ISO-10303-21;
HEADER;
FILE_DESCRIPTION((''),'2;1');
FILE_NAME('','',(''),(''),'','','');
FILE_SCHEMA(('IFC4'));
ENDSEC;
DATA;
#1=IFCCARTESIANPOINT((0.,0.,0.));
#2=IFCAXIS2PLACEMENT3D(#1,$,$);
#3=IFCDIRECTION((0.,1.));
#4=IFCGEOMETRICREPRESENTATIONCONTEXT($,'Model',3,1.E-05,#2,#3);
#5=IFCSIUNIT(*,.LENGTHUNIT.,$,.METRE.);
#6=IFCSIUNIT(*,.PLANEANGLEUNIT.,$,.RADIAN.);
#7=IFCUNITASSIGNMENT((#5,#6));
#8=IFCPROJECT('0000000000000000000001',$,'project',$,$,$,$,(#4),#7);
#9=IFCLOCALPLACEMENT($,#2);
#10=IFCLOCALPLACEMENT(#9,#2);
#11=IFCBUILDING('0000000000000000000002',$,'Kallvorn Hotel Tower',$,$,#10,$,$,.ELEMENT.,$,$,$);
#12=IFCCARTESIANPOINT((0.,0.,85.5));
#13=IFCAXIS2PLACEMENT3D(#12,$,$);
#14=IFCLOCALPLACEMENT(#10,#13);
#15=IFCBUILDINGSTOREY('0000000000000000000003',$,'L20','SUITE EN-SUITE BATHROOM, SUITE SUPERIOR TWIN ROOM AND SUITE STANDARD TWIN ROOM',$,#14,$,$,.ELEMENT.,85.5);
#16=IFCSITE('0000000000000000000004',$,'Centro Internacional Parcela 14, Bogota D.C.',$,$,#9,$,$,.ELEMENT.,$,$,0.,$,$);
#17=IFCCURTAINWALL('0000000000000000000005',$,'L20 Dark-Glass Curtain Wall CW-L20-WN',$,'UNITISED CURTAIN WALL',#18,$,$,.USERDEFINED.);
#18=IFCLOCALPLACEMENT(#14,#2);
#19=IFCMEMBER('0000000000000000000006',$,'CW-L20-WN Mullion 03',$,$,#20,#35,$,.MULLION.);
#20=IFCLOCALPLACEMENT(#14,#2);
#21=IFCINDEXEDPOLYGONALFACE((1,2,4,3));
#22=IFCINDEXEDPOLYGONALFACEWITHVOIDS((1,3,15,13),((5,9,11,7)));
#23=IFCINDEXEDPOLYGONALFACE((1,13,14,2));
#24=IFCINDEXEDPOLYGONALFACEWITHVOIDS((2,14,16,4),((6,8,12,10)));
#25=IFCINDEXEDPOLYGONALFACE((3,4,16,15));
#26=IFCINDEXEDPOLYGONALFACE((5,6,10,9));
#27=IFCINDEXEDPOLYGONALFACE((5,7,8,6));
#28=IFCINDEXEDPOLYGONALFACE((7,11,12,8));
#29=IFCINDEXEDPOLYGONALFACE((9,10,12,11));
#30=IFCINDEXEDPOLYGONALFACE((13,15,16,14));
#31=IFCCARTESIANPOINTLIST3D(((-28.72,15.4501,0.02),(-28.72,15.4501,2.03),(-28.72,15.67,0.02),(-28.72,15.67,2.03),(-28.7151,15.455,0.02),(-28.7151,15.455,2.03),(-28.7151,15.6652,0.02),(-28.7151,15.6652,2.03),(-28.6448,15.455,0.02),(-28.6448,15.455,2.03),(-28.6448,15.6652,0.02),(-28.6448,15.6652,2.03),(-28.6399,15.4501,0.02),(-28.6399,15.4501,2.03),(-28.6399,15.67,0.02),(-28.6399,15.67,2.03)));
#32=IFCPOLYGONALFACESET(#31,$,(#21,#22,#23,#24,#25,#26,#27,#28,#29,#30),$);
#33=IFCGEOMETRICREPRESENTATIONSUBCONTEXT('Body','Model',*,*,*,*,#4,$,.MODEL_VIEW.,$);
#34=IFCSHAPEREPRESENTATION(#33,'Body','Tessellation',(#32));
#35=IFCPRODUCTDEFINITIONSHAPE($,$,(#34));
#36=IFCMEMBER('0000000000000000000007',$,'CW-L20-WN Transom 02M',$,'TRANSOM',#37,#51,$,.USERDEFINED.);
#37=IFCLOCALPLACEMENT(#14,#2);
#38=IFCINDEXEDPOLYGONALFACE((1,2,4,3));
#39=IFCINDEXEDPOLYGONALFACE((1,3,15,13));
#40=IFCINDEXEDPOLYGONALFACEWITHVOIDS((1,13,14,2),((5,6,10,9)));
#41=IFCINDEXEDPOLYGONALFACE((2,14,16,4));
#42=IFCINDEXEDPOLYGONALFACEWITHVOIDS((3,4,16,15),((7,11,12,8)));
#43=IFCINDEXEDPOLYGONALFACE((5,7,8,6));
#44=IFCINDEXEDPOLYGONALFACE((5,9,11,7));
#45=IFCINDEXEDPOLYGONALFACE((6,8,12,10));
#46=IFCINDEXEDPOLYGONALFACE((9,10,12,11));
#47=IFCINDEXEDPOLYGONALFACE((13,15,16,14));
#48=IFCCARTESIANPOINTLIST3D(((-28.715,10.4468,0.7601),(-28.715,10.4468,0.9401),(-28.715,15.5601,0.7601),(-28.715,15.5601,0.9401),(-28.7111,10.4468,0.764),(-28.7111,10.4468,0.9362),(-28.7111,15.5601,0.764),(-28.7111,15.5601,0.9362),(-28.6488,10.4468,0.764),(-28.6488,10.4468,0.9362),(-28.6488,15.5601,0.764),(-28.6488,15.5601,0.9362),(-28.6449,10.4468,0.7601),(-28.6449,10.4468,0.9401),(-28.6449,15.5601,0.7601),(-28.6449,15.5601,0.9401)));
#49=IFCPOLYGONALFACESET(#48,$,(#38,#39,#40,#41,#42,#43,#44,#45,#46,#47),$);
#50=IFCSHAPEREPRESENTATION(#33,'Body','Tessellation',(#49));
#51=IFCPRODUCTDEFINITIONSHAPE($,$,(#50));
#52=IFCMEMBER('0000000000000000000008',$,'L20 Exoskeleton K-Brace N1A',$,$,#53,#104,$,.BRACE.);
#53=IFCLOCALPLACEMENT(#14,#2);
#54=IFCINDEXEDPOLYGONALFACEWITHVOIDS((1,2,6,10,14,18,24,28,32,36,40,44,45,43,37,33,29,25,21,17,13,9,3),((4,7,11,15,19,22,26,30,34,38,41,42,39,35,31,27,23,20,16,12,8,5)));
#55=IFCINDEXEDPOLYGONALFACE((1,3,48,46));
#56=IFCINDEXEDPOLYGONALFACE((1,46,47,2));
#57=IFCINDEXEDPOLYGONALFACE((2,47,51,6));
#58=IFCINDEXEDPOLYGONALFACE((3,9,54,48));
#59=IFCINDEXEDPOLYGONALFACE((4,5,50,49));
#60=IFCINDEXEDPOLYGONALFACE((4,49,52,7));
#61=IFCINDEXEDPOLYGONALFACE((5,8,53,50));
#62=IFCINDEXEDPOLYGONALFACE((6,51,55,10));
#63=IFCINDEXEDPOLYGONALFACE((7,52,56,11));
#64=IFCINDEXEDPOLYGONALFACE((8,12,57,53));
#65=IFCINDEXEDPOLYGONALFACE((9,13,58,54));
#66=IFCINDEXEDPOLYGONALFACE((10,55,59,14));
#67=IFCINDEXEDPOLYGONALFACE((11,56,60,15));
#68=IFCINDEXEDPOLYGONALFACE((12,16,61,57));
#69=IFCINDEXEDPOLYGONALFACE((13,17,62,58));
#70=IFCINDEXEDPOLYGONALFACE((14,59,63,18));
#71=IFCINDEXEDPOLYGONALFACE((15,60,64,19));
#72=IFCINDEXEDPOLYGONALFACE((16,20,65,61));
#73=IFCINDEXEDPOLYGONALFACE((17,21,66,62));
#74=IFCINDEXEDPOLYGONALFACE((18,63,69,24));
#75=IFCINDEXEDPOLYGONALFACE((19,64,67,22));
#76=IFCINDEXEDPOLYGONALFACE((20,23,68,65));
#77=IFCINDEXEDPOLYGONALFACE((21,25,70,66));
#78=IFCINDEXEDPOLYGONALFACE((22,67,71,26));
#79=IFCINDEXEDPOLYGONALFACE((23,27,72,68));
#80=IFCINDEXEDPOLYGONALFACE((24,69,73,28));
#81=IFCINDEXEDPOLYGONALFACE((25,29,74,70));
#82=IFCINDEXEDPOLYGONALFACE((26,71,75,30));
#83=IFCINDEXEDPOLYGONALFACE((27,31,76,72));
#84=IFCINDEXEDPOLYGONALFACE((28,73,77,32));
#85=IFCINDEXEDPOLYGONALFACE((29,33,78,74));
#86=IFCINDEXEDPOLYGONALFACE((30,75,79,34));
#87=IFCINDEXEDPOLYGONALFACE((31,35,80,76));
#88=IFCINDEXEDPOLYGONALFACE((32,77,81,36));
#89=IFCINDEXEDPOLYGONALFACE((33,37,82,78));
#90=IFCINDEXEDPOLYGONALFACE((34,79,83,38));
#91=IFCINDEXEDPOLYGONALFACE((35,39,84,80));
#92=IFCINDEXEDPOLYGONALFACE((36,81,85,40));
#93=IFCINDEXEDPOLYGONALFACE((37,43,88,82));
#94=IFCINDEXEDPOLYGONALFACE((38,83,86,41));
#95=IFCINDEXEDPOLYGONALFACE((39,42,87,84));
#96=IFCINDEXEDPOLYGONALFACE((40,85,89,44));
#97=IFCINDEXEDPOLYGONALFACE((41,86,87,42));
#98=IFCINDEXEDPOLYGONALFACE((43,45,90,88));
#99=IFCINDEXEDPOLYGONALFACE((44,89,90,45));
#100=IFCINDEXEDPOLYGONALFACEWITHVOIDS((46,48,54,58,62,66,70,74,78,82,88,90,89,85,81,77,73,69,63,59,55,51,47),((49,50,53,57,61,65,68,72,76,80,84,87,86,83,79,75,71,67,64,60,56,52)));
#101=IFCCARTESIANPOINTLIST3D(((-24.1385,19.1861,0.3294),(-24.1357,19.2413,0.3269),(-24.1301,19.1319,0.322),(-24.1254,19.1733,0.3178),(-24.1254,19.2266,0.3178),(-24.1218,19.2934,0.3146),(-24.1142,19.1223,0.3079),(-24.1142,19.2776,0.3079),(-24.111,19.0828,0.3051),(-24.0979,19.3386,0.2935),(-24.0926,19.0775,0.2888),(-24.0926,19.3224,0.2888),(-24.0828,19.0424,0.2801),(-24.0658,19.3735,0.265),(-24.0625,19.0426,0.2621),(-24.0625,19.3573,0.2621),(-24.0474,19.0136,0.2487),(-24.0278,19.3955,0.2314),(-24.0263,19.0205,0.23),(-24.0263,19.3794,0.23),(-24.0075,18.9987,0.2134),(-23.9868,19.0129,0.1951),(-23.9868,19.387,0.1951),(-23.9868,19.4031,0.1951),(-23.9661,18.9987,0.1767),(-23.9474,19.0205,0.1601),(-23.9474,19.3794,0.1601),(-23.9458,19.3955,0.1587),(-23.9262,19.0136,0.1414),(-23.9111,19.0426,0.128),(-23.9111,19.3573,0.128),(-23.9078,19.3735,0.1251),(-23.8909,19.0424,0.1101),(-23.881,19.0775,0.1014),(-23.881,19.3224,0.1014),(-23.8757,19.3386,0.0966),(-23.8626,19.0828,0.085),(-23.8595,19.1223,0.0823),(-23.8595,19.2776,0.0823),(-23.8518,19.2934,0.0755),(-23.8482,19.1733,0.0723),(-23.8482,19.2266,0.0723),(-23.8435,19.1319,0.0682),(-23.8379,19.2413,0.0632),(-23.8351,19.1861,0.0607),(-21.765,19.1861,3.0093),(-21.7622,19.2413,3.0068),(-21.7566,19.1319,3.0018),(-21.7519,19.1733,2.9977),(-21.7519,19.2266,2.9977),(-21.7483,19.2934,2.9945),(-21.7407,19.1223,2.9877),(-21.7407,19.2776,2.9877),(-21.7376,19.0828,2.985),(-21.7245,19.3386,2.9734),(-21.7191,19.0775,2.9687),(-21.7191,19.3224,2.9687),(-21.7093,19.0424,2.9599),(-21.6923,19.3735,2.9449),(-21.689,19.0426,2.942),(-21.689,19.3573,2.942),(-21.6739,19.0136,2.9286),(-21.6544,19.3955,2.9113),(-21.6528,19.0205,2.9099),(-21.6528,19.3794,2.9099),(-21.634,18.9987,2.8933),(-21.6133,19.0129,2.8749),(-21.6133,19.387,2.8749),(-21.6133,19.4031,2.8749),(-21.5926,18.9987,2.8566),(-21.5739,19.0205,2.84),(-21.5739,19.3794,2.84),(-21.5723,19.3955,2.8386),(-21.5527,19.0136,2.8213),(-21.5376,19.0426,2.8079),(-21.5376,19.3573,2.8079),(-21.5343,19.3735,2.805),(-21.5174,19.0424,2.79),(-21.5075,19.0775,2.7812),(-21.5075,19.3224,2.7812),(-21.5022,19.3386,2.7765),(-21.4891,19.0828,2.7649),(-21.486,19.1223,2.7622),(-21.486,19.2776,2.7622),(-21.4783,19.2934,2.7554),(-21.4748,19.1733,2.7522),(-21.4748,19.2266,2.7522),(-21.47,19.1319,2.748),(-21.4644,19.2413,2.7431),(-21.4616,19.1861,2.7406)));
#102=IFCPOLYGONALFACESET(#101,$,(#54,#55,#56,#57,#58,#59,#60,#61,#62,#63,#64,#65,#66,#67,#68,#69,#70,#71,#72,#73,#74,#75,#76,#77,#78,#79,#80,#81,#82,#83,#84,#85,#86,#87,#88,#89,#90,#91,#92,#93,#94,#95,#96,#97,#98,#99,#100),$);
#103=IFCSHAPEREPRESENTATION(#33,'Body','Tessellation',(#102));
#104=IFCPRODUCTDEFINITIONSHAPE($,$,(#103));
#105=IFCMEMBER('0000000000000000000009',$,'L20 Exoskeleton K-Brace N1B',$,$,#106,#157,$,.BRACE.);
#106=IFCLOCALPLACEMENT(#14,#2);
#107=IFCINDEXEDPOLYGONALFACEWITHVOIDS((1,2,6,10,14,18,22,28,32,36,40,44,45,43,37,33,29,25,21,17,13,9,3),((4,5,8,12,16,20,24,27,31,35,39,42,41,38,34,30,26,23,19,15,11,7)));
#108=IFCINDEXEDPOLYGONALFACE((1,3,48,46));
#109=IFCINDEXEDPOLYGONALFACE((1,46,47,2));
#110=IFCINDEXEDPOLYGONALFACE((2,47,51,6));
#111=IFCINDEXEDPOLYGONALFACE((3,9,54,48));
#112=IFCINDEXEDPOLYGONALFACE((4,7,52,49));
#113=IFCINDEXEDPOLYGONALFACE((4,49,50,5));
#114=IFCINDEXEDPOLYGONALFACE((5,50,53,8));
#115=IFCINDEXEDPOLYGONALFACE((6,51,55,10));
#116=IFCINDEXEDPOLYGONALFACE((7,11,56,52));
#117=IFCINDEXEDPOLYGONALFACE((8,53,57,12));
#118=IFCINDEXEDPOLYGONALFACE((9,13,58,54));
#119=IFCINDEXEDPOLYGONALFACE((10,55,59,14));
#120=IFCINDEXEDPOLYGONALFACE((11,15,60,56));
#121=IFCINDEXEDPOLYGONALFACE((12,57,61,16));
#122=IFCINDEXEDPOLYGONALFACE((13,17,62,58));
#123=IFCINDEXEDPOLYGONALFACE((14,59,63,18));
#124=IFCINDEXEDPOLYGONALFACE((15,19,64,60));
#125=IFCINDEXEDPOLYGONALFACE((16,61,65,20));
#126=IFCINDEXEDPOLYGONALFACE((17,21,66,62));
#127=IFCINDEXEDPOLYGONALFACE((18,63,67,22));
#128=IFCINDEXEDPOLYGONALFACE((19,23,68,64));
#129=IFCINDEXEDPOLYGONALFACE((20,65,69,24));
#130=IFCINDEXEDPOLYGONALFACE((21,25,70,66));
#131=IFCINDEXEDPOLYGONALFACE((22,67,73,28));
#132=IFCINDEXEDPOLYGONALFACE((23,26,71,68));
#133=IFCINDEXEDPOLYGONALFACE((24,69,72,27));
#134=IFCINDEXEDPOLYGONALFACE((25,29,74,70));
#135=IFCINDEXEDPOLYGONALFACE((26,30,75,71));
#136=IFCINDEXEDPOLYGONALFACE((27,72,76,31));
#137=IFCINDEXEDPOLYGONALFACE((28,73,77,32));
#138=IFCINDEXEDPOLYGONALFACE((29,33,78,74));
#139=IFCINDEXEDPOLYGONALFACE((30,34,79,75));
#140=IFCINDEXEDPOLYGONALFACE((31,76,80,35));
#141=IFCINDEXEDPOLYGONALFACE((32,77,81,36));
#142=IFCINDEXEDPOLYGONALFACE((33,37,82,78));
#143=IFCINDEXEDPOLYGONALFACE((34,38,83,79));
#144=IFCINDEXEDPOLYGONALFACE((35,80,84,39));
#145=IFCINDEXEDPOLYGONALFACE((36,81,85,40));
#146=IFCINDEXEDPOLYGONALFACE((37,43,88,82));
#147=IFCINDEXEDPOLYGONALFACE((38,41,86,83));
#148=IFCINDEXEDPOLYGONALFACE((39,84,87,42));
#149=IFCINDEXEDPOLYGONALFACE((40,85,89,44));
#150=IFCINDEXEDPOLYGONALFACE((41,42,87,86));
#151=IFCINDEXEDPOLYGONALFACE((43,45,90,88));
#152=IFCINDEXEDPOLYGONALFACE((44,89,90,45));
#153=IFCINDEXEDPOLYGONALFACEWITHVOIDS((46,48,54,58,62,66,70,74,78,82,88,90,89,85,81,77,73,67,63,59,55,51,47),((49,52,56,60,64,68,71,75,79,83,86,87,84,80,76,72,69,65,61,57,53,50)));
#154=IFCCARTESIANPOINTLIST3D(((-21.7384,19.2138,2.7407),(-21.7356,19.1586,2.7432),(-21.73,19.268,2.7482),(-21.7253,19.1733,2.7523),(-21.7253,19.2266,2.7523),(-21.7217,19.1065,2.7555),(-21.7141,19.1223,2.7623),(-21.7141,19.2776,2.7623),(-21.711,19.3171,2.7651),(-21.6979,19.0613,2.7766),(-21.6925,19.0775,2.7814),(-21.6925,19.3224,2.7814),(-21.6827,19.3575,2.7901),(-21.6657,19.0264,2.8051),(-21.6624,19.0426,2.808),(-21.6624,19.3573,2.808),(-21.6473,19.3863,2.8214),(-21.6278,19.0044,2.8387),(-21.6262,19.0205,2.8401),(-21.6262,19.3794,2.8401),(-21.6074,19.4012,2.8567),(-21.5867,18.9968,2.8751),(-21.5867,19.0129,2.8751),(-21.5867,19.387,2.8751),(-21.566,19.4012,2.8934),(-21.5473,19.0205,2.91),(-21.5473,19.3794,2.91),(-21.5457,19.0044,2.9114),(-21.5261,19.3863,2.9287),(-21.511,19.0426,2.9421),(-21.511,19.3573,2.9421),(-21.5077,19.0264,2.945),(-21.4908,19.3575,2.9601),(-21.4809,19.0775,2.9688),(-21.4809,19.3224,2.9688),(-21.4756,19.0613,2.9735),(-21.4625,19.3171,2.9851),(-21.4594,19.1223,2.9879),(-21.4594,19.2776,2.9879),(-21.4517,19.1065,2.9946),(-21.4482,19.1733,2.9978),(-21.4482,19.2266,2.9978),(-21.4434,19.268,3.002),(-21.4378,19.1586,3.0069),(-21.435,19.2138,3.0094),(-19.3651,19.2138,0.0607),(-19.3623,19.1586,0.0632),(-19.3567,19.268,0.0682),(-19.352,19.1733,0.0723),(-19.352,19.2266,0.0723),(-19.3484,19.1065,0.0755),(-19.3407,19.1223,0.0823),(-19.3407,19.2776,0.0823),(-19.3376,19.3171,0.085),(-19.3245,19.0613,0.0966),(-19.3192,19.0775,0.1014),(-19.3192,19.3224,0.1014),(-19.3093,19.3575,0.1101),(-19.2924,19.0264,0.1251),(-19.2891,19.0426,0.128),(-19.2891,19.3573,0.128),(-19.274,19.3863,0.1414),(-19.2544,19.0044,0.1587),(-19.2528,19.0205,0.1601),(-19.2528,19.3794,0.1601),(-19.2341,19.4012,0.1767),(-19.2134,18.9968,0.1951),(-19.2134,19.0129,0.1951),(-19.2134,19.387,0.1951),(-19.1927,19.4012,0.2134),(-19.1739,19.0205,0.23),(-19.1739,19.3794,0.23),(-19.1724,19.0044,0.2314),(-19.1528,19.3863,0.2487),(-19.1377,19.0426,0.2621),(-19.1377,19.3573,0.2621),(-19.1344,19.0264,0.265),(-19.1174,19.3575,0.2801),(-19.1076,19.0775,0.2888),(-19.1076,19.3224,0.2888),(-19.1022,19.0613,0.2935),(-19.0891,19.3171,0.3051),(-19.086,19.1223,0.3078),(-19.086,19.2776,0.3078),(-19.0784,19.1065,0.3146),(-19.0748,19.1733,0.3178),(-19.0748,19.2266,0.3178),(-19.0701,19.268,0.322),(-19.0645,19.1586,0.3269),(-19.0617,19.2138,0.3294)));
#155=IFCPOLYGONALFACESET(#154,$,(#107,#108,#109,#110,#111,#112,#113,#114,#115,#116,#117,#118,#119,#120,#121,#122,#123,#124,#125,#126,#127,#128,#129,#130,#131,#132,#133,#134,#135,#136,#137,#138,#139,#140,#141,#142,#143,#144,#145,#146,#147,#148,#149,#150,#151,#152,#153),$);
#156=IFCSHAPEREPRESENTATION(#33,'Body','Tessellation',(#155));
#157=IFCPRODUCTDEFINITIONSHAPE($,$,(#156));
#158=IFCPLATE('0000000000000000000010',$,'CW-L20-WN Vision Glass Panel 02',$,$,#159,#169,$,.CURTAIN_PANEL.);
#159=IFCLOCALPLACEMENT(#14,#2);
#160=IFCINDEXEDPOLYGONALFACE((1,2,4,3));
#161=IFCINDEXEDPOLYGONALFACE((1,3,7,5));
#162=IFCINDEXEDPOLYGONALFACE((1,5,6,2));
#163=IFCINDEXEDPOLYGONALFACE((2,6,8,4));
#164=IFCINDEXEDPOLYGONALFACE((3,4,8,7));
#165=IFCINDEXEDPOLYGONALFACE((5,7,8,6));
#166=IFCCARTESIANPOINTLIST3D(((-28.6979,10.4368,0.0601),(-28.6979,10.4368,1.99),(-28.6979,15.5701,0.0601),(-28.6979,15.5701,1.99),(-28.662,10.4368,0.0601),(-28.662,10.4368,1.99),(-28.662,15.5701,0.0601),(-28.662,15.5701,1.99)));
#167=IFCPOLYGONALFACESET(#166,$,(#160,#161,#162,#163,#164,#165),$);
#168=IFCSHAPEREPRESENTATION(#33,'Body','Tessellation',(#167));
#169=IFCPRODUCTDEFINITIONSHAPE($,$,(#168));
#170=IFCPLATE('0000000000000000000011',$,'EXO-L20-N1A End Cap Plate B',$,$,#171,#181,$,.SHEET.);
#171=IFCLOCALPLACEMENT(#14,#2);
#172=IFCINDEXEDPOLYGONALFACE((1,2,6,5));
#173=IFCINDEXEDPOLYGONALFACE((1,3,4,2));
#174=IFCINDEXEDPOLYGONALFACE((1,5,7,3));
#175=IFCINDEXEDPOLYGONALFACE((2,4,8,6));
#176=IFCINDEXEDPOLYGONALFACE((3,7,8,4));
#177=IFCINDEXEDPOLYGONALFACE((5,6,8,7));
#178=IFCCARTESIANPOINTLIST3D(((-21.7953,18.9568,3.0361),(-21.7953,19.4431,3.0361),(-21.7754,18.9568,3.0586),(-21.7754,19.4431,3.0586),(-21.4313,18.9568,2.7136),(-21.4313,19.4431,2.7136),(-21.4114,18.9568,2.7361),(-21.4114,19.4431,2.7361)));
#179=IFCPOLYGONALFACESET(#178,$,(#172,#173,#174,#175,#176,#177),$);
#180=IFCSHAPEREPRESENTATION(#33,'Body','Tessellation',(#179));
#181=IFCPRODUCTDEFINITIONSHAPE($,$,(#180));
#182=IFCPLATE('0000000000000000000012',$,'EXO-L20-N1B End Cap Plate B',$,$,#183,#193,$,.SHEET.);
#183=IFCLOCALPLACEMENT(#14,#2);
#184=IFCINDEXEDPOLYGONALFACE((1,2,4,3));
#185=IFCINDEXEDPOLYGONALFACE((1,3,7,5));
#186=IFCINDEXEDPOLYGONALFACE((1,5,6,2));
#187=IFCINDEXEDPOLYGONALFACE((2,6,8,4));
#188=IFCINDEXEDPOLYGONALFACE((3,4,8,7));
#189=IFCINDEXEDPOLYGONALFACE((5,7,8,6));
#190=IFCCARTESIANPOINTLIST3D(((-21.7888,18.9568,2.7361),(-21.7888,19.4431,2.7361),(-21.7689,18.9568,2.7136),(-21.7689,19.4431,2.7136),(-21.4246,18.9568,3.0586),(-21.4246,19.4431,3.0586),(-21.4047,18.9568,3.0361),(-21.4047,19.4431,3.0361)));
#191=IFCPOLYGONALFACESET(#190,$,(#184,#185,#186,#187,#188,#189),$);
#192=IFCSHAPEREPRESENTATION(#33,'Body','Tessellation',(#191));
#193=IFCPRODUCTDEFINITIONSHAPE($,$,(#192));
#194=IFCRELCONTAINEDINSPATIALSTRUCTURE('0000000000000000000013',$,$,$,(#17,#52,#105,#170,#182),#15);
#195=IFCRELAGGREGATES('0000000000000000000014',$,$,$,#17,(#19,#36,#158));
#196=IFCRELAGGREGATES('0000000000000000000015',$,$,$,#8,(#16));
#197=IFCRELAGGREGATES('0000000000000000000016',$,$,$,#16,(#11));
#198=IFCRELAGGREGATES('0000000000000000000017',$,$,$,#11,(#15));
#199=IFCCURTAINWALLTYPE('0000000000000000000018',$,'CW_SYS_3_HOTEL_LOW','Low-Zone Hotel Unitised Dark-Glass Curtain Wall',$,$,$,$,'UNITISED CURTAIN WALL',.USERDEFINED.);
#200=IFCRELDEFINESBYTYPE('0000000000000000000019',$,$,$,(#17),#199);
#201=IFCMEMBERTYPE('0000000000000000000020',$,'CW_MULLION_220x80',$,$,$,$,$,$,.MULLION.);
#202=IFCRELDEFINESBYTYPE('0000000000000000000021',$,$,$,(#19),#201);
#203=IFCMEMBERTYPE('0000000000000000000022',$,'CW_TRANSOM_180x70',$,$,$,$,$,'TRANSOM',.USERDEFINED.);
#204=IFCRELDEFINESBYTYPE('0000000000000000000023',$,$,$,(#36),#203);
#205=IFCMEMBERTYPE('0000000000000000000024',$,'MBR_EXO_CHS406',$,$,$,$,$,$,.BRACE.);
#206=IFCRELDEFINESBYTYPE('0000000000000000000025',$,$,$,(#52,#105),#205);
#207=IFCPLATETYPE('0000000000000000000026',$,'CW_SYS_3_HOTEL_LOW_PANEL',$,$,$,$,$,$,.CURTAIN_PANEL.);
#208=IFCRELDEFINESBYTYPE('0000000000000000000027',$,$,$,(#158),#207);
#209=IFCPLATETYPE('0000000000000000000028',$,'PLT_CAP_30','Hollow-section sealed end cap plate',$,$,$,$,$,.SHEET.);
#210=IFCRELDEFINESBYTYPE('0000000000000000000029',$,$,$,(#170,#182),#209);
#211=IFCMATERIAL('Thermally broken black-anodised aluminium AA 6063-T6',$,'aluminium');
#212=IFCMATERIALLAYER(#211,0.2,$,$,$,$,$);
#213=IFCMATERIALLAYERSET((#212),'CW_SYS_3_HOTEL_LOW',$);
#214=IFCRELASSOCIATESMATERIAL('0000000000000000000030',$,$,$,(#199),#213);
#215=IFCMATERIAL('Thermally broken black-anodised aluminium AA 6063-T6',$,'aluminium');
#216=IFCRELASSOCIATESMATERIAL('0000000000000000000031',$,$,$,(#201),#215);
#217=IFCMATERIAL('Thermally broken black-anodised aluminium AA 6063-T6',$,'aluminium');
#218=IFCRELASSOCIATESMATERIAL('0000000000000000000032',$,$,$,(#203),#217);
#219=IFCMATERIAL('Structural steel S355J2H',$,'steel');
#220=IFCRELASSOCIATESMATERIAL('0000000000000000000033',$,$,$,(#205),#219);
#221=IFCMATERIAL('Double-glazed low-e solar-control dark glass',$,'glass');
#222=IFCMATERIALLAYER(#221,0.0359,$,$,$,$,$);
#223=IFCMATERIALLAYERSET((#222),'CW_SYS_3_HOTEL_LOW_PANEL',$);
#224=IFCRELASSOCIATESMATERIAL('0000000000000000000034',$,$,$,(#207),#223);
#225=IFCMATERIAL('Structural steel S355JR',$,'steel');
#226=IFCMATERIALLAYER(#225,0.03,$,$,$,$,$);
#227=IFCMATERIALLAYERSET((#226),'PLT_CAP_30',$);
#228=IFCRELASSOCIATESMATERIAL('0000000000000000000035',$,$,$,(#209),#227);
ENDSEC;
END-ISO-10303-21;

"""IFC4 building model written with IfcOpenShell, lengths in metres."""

from ifc_helpers import new_model, si_unit, direction, frame, origin, origin_2d, place, context, subcontext, project, spatial, polyline, rectangle, hollow_rectangle, hollow_circle, outline, extrude, material, layer, layer_set, material_profile, profile_set, type_object, element, aggregate, save


model = new_model("IFC4")

# Units and contexts
model_context = context("Model", 3, precision=1e-05, world=origin(), true_north=direction((0.0, 1.0)))
body_context = subcontext(model_context, "Body", "Model", "MODEL_VIEW")
ifc_project = project(units=[si_unit("LENGTHUNIT", "METRE"), si_unit("PLANEANGLEUNIT", "RADIAN")], contexts=[model_context])

# Site, building, storey
site_placement = place(None, origin())
site = spatial("IfcSite", under=ifc_project, at=site_placement, Name="Centro Internacional Parcela 14, Bogota D.C.", CompositionType="ELEMENT", RefElevation=0.0)
building_placement = place(site_placement, origin())
building = spatial("IfcBuilding", under=site, at=building_placement, Name="Kallvorn Hotel Tower", CompositionType="ELEMENT")
storey_placement = place(building_placement, frame((0.0, 0.0, 85.5)))
storey = spatial("IfcBuildingStorey", under=building, at=storey_placement, Name="L20", Description="SUITE EN-SUITE BATHROOM, SUITE SUPERIOR TWIN ROOM AND SUITE STANDARD TWIN ROOM", CompositionType="ELEMENT", Elevation=85.5)

# Curtain wall, members
ifc_material_1 = material(Name="Thermally broken black-anodised aluminium AA 6063-T6", Category="aluminium")
ifc_layer_1 = layer(ifc_material_1, 0.2)
ifc_layer_set_1 = layer_set([ifc_layer_1], Name="CW_SYS_3_HOTEL_LOW")
curtain_wall_type = type_object("IfcCurtainWallType", Name="CW_SYS_3_HOTEL_LOW", Description="Low-Zone Hotel Unitised Dark-Glass Curtain Wall", ElementType="UNITISED CURTAIN WALL", PredefinedType="USERDEFINED", material=ifc_layer_set_1)
curtain_wall_placement = place(storey_placement, origin())
curtain_wall = element("IfcCurtainWall", 1, at=curtain_wall_placement, inside=storey, type_object=curtain_wall_type, Name="L20 Dark-Glass Curtain Wall CW-L20-WN", ObjectType="UNITISED CURTAIN WALL", PredefinedType="USERDEFINED")
ifc_material_2 = material(Name="Thermally broken black-anodised aluminium AA 6063-T6", Category="aluminium")
ifc_material_profile_1 = material_profile(ifc_material_2, hollow_rectangle(XDim=0.0801, YDim=0.22, WallThickness=0.0049, at=origin_2d()), Name="MUL 220x80")
ifc_profile_set_1 = profile_set([ifc_material_profile_1], Name="Thermally broken black-anodised aluminium AA 6063-T6")
member_type_1 = type_object("IfcMemberType", Name="CW_MULLION_220x80", PredefinedType="MULLION", material=ifc_profile_set_1)
member_1_placement = place(storey_placement, frame((-28.6799, 15.5601, 0.02), z_axis=(0.0, 0.0, 1.0), x_axis=(1.0, 0.0, 0.0)))
member_1 = element("IfcMember", 2, at=member_1_placement, type_object=member_type_1, Name="CW-L20-WN Mullion 03", PredefinedType="MULLION", context=body_context, shape_type="SweptSolid", body=[
    extrude(hollow_rectangle(XDim=0.0801, YDim=0.22, WallThickness=0.0049, at=origin_2d()), origin(), (0.0, 0.0, 1.0), 2.01),
])
ifc_material_3 = material(Name="Thermally broken black-anodised aluminium AA 6063-T6", Category="aluminium")
ifc_material_profile_2 = material_profile(ifc_material_3, hollow_rectangle(XDim=0.0701, YDim=0.1799, WallThickness=0.0039, at=origin_2d()), Name="TRN 180x70")
ifc_profile_set_2 = profile_set([ifc_material_profile_2], Name="Thermally broken black-anodised aluminium AA 6063-T6")
member_type_2 = type_object("IfcMemberType", Name="CW_TRANSOM_180x70", ElementType="TRANSOM", PredefinedType="USERDEFINED", material=ifc_profile_set_2)
member_2_placement = place(storey_placement, frame((-28.6799, 10.4468, 0.8501), z_axis=(0.0, 1.0, 0.0), x_axis=(-1.0, 0.0, 0.0)))
member_2 = element("IfcMember", 3, at=member_2_placement, type_object=member_type_2, Name="CW-L20-WN Transom 02M", ObjectType="TRANSOM", PredefinedType="USERDEFINED", context=body_context, shape_type="SweptSolid", body=[
    extrude(hollow_rectangle(XDim=0.0701, YDim=0.1799, WallThickness=0.0039, at=origin_2d()), origin(), (0.0, 0.0, 1.0), 5.1133),
])

# Members
ifc_material_4 = material(Name="Structural steel S355J2H", Category="steel")
ifc_material_profile_3 = material_profile(ifc_material_4, hollow_circle(Radius=0.2031, WallThickness=0.0161, at=origin_2d()), Name="CHS 406.4x16")
ifc_profile_set_3 = profile_set([ifc_material_profile_3], Name="Structural steel S355J2H")
member_type_3 = type_object("IfcMemberType", Name="MBR_EXO_CHS406", PredefinedType="BRACE", material=ifc_profile_set_3)
for number, where, z_axis, x_axis, name in (
    (4, (-23.9868, 19.2, 0.1951), (0.663017, 0.0, 0.748605), (0.0, 1.0, 0.0), "L20 Exoskeleton K-Brace N1A"),
    (5, (-19.2134, 19.2, 0.1951), (-0.662978, 0.0, 0.748638), (0.0, -1.0, 0.0), "L20 Exoskeleton K-Brace N1B"),
):
    element("IfcMember", number, at=place(storey_placement, frame(where, z_axis=z_axis, x_axis=x_axis)), inside=storey, type_object=member_type_3, Name=name, PredefinedType="BRACE", context=body_context, shape_type="SweptSolid", body=[
        extrude(hollow_circle(Radius=0.2031, WallThickness=0.0161, at=origin_2d()), origin(), (0.0, 0.0, 1.0), 3.5798),
    ])

# Plate
ifc_material_5 = material(Name="Double-glazed low-e solar-control dark glass", Category="glass")
ifc_layer_2 = layer(ifc_material_5, 0.0359)
ifc_layer_set_2 = layer_set([ifc_layer_2], Name="CW_SYS_3_HOTEL_LOW_PANEL")
plate_type_1 = type_object("IfcPlateType", Name="CW_SYS_3_HOTEL_LOW_PANEL", PredefinedType="CURTAIN_PANEL", material=ifc_layer_set_2)
plate_1_placement = place(storey_placement, frame((-28.6799, 13.0034, 0.0601), z_axis=(0.0, 0.0, 1.0), x_axis=(0.0, 1.0, 0.0)))
plate_1 = element("IfcPlate", 6, at=plate_1_placement, type_object=plate_type_1, Name="CW-L20-WN Vision Glass Panel 02", PredefinedType="CURTAIN_PANEL", context=body_context, shape_type="SweptSolid", body=[
    extrude(rectangle(XDim=5.1333, YDim=0.0359, at=origin_2d()), origin(), (0.0, 0.0, 1.0), 1.9299),
])
aggregate(curtain_wall, [member_1, member_2, plate_1])

# Plates
ifc_material_6 = material(Name="Structural steel S355JR", Category="steel")
ifc_layer_3 = layer(ifc_material_6, 0.03)
ifc_layer_set_3 = layer_set([ifc_layer_3], Name="PLT_CAP_30")
plate_type_2 = type_object("IfcPlateType", Name="PLT_CAP_30", Description="Hollow-section sealed end cap plate", PredefinedType="SHEET", material=ifc_layer_set_3)
plate_2_placement = place(storey_placement, frame((-21.4114, 18.9568, 2.7361), z_axis=(0.663148, 0.0, 0.748489), x_axis=(0.0, 1.0, 0.0)))
element("IfcPlate", 7, at=plate_2_placement, inside=storey, type_object=plate_type_2, Name="EXO-L20-N1A End Cap Plate B", PredefinedType="SHEET", context=body_context, shape_type="SweptSolid", body=[
    extrude(outline(polyline([(0.0, 0.0), (0.4863, 0.0), (0.4863, 0.4863), (0.0, 0.4863), (0.0, 0.0)])), origin(), (0.0, 0.0, -1.0), 0.03),
])
plate_3_placement = place(storey_placement, frame((-21.7888, 19.4431, 2.7361), z_axis=(-0.662899, 0.0, 0.748709), x_axis=(0.0, -1.0, 0.0)))
element("IfcPlate", 8, at=plate_3_placement, inside=storey, type_object=plate_type_2, Name="EXO-L20-N1B End Cap Plate B", PredefinedType="SHEET", context=body_context, shape_type="SweptSolid", body=[
    extrude(outline(polyline([(0.0, 0.0), (0.4863, 0.0), (0.4863, 0.4865), (0.0, 0.4865), (0.0, 0.0)])), origin(), (0.0, 0.0, -1.0), 0.03),
])

save(model, "model.ifc")
